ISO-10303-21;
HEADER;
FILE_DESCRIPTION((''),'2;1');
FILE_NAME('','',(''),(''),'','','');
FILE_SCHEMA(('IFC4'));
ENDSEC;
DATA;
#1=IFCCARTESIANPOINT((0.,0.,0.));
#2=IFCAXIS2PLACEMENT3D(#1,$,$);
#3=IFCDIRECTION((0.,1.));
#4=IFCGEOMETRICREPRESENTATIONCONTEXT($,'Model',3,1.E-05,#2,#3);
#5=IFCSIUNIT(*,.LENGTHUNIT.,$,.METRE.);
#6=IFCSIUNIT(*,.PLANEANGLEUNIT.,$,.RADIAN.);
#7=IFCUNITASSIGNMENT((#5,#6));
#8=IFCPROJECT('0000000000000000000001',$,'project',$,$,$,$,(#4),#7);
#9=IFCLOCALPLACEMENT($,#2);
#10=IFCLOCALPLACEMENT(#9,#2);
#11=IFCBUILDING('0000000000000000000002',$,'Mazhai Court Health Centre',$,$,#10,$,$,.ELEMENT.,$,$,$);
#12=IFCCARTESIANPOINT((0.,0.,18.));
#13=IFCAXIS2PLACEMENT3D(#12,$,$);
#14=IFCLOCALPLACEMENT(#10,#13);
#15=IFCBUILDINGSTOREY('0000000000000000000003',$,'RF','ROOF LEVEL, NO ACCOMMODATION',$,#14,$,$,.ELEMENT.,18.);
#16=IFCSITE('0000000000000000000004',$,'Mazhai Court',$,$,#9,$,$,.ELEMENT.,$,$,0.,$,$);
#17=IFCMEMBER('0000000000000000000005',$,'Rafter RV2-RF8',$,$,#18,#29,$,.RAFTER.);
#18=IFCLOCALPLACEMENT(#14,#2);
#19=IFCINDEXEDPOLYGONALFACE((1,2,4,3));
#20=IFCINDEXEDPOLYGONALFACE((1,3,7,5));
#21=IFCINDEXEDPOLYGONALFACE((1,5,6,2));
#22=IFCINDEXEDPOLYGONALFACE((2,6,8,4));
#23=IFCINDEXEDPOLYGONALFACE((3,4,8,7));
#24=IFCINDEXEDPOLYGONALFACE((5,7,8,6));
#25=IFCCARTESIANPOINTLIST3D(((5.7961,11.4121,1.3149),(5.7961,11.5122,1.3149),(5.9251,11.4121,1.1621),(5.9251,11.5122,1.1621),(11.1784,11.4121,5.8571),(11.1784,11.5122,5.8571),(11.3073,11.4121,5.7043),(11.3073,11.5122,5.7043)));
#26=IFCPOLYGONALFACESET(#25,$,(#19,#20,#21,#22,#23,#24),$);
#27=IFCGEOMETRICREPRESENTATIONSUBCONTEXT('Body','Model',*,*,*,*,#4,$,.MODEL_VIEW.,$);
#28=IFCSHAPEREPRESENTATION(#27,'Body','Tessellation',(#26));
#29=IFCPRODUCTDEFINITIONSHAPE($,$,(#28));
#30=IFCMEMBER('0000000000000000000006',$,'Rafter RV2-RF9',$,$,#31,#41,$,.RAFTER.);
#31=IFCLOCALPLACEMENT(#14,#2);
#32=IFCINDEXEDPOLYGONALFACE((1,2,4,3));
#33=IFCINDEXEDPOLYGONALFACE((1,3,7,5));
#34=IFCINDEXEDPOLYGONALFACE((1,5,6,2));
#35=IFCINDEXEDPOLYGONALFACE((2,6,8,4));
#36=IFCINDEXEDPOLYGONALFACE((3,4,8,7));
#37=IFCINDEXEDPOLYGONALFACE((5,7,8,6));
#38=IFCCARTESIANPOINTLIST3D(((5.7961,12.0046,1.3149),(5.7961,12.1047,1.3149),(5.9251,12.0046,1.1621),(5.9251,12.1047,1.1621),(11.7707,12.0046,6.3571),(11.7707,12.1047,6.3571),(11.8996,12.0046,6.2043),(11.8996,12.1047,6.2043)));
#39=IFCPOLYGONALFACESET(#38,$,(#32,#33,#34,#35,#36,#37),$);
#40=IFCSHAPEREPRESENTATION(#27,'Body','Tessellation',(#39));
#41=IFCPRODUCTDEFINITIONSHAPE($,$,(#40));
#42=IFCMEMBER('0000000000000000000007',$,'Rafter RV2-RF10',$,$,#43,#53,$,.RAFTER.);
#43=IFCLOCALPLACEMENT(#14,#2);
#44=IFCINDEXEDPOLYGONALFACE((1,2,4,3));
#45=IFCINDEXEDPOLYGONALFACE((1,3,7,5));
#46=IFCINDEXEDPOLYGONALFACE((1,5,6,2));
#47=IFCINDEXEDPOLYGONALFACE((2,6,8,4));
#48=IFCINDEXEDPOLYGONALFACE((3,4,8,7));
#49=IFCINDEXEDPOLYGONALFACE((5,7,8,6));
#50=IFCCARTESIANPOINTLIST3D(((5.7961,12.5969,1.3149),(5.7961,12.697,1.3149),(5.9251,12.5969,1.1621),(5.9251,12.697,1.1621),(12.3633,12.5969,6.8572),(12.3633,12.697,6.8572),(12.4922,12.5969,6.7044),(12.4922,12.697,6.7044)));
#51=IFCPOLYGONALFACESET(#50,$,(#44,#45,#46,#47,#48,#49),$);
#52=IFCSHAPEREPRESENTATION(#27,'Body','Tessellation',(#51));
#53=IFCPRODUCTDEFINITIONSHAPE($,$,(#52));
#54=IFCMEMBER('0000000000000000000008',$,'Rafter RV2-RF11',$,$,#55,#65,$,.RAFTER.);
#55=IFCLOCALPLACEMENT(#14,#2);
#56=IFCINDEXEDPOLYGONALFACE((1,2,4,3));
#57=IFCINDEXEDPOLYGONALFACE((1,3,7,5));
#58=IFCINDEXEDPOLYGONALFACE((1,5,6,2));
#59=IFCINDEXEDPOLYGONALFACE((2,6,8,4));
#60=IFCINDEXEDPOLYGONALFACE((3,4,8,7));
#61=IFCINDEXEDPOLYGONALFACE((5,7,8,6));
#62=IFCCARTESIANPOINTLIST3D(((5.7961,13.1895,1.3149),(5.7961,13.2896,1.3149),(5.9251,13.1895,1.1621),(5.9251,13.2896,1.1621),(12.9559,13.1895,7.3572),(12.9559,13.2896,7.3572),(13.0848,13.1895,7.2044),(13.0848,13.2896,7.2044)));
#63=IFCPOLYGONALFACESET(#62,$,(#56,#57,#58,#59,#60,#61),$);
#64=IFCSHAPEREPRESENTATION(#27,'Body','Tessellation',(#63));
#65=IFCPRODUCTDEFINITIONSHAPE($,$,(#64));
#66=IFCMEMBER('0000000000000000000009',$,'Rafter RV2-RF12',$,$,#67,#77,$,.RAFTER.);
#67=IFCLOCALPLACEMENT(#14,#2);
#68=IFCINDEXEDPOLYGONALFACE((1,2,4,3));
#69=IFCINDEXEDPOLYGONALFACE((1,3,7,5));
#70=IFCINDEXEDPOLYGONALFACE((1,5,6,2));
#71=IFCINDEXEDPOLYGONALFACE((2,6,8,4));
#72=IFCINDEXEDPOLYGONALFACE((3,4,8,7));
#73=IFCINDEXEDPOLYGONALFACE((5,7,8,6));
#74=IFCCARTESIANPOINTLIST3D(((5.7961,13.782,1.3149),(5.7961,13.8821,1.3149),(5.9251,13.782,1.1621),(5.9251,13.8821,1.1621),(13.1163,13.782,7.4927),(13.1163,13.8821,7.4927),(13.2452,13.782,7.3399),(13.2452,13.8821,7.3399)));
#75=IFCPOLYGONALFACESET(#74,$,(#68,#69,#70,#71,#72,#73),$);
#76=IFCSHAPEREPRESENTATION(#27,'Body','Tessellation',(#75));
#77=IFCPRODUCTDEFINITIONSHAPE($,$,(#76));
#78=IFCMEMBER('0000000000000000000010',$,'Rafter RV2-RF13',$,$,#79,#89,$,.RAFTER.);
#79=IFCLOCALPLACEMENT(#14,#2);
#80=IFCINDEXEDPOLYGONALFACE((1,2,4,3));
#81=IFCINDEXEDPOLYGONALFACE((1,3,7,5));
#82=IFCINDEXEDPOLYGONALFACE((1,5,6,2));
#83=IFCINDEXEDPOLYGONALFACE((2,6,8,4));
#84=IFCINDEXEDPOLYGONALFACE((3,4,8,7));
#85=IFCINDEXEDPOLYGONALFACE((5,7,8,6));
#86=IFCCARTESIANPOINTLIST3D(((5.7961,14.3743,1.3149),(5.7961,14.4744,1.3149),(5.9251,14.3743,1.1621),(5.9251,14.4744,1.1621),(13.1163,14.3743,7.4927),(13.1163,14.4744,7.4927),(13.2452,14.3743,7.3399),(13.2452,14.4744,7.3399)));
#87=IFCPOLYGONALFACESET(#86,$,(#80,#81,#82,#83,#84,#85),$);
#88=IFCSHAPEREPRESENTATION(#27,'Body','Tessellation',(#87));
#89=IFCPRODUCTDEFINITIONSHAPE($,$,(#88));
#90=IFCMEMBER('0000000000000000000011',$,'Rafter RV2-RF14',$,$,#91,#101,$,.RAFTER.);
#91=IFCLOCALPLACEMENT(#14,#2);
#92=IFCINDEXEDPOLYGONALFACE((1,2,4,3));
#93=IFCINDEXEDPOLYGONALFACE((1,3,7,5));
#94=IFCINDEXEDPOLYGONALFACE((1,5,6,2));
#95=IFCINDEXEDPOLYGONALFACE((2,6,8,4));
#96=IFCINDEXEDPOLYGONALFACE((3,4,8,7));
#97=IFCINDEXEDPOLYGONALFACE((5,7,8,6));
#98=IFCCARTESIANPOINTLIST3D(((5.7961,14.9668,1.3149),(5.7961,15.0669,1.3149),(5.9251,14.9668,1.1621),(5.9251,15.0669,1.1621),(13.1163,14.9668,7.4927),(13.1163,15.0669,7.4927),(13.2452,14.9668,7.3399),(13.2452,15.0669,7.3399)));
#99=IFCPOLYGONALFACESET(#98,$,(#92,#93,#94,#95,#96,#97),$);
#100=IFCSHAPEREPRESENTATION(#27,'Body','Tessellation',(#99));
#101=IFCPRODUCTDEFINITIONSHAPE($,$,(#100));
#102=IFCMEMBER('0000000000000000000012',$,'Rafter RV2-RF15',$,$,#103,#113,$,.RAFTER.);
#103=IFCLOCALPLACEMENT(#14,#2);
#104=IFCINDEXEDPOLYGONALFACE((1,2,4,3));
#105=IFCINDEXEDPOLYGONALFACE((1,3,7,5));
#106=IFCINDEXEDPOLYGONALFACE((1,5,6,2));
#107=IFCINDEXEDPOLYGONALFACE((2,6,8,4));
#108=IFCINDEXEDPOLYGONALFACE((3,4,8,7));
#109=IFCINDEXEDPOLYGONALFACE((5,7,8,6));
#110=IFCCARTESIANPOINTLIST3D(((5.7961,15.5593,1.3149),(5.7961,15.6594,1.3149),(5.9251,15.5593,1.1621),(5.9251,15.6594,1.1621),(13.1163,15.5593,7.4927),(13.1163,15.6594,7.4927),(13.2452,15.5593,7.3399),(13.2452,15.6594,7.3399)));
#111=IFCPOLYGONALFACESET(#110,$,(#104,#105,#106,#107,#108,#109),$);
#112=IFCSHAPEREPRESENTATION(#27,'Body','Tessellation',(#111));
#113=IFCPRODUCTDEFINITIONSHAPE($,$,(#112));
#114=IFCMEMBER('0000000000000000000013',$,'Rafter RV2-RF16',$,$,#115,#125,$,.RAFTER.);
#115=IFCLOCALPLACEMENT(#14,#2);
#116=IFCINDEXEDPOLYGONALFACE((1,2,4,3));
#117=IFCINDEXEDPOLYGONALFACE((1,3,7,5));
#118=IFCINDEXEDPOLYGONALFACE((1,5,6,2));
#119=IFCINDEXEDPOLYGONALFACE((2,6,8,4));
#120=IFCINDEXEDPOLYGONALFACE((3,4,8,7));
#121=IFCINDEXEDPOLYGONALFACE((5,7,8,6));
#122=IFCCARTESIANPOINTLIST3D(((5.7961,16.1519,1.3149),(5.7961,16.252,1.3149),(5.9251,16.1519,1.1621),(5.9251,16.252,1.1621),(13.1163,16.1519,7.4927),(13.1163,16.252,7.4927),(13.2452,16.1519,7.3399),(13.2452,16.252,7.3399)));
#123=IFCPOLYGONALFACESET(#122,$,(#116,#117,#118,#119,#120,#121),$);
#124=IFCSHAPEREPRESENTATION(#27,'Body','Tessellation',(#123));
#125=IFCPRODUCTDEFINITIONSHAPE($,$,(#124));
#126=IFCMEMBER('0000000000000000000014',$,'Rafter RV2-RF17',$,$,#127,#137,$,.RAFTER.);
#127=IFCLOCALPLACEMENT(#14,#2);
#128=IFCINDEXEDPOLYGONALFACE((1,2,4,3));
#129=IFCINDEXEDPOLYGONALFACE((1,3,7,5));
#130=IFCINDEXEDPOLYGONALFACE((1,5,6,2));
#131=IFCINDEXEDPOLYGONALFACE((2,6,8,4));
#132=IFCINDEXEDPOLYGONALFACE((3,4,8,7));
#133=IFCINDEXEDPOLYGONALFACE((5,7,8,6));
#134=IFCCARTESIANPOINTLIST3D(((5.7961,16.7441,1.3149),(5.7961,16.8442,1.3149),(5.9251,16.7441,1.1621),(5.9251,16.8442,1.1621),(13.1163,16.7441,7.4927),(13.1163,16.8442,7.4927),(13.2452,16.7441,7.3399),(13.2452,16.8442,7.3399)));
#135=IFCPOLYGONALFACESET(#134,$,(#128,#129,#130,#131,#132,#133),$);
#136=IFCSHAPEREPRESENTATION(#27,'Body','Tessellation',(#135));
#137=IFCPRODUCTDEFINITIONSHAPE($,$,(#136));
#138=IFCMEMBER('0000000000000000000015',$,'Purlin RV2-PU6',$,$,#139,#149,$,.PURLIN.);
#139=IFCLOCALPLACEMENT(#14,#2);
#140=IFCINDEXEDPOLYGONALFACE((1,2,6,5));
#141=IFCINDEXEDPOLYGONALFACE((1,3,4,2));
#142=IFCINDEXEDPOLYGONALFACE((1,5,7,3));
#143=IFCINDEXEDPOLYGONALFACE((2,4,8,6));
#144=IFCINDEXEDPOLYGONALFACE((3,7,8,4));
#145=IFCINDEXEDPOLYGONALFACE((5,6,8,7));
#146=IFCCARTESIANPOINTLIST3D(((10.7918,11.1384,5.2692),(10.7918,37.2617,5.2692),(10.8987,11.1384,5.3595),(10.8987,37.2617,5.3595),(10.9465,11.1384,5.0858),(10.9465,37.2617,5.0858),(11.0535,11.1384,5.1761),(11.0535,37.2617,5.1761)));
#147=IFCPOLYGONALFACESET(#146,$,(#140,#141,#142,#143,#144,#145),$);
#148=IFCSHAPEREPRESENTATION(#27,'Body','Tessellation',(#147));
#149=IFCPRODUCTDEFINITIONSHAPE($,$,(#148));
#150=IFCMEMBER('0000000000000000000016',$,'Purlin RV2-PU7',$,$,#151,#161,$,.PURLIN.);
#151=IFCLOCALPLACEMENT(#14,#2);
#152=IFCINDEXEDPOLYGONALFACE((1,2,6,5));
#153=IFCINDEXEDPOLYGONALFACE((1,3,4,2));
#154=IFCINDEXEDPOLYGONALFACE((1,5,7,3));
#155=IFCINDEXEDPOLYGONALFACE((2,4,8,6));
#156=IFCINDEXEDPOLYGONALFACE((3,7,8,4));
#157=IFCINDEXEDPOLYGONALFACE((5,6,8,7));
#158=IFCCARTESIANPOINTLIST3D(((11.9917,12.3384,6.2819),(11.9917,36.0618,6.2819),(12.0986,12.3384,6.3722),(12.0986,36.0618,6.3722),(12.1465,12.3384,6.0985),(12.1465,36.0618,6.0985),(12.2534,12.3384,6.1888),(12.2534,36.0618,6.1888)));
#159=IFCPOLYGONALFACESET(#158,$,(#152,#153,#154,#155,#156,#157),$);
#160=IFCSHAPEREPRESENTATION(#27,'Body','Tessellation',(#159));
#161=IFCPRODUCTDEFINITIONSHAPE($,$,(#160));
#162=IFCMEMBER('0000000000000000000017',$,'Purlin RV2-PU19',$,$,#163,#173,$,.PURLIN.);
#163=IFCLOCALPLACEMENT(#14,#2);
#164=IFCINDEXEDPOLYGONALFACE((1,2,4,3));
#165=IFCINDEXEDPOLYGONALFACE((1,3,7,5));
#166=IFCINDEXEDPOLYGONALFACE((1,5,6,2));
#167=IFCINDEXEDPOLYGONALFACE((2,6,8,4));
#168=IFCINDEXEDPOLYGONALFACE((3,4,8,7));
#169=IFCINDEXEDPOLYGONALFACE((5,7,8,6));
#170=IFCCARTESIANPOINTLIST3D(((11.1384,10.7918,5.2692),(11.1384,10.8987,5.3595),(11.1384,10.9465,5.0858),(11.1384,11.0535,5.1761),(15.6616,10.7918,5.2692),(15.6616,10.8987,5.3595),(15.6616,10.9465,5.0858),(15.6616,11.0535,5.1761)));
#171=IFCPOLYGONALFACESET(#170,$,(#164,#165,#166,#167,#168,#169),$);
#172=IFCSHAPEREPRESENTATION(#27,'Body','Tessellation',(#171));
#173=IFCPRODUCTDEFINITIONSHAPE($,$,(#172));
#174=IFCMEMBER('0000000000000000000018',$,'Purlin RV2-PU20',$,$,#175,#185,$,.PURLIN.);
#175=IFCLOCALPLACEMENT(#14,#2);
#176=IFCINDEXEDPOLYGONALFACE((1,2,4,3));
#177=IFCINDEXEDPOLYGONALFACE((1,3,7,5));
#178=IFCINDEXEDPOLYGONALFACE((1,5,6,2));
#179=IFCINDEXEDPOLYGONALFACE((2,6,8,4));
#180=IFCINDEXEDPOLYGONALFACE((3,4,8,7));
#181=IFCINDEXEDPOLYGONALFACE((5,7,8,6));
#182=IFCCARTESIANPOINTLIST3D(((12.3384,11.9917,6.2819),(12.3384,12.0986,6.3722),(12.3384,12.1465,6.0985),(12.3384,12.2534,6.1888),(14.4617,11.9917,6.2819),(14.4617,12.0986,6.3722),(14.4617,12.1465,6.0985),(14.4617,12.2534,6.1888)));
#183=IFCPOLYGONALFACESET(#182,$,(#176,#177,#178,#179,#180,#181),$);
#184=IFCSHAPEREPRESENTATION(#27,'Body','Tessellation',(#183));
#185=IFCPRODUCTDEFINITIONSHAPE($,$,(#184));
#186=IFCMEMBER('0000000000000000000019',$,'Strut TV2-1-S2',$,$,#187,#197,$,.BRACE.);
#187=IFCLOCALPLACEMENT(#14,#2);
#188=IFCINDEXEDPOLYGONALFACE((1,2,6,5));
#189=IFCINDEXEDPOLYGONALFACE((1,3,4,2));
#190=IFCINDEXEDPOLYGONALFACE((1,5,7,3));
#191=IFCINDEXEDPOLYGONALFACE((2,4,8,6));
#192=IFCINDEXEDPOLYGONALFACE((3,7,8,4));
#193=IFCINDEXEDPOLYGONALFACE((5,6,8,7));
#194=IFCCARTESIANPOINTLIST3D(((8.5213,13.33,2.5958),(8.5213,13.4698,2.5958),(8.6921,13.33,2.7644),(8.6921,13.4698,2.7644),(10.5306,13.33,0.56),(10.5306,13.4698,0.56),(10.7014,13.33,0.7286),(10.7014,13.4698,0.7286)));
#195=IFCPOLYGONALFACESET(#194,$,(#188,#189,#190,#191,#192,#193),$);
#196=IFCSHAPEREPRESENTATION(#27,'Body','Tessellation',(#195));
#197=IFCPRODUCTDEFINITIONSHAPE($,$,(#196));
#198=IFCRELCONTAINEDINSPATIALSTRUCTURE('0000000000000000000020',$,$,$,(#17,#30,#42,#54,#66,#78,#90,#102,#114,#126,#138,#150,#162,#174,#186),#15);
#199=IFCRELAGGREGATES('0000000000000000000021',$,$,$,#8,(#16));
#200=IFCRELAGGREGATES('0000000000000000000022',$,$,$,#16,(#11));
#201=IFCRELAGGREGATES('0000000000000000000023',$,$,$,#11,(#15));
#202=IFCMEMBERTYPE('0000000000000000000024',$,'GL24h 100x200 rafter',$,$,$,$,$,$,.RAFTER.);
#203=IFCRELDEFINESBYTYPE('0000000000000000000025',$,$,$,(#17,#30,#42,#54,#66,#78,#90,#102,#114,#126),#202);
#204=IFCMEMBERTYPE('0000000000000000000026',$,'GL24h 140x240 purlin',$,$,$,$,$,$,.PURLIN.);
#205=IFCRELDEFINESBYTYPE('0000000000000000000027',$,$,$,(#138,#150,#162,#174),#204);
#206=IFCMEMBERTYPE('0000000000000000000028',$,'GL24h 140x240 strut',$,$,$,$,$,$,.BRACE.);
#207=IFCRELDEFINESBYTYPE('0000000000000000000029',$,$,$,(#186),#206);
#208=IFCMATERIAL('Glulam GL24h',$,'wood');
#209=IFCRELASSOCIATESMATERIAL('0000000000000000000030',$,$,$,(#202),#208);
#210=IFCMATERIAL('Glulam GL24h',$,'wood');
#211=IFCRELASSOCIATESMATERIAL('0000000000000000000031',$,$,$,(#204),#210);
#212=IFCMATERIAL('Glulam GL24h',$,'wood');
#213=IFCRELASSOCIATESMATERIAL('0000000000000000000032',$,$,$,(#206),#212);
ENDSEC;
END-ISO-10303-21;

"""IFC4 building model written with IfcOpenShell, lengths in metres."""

from ifc_helpers import new_model, si_unit, direction, frame, origin, origin_2d, place, context, subcontext, project, spatial, rectangle, extrude, material, material_profile, profile_set, type_object, element, save


model = new_model("IFC4")

# Units and contexts
model_context = context("Model", 3, precision=1e-05, world=origin(), true_north=direction((0.0, 1.0)))
body_context = subcontext(model_context, "Body", "Model", "MODEL_VIEW")
ifc_project = project(units=[si_unit("LENGTHUNIT", "METRE"), si_unit("PLANEANGLEUNIT", "RADIAN")], contexts=[model_context])

# Site, building, storey
site_placement = place(None, origin())
site = spatial("IfcSite", under=ifc_project, at=site_placement, Name="Mazhai Court", CompositionType="ELEMENT", RefElevation=0.0)
building_placement = place(site_placement, origin())
building = spatial("IfcBuilding", under=site, at=building_placement, Name="Mazhai Court Health Centre", CompositionType="ELEMENT")
storey_placement = place(building_placement, frame((0.0, 0.0, 18.0)))
storey = spatial("IfcBuildingStorey", under=building, at=storey_placement, Name="RF", Description="ROOF LEVEL, NO ACCOMMODATION", CompositionType="ELEMENT", Elevation=18.0)

# Members
ifc_material_1 = material(Name="Glulam GL24h", Category="wood")
ifc_material_profile_1 = material_profile(ifc_material_1, rectangle(XDim=0.1001, YDim=0.2, at=origin_2d()), Name="GL24h 100x200")
ifc_profile_set_1 = profile_set([ifc_material_profile_1], Name="Glulam GL24h")
member_type_1 = type_object("IfcMemberType", Name="GL24h 100x200 rafter", PredefinedType="RAFTER", material=ifc_profile_set_1)
member_1_placement = place(storey_placement, frame((5.8606, 11.4622, 1.2385), z_axis=(0.764228, 0.0, 0.644946), x_axis=(0.0, 1.0, 0.0)))
element("IfcMember", 1, at=member_1_placement, inside=storey, type_object=member_type_1, Name="Rafter RV2-RF8", PredefinedType="RAFTER", context=body_context, shape_type="SweptSolid", body=[
    extrude(rectangle(XDim=0.1001, YDim=0.2, at=origin_2d()), origin(), (0.0, 0.0, 1.0), 7.0427),
])
member_2_placement = place(storey_placement, frame((5.8606, 12.0547, 1.2385), z_axis=(0.764218, 0.0, 0.644958), x_axis=(0.0, 1.0, 0.0)))
element("IfcMember", 2, at=member_2_placement, inside=storey, type_object=member_type_1, Name="Rafter RV2-RF9", PredefinedType="RAFTER", context=body_context, shape_type="SweptSolid", body=[
    extrude(rectangle(XDim=0.1001, YDim=0.2, at=origin_2d()), origin(), (0.0, 0.0, 1.0), 7.8179),
])
member_3_placement = place(storey_placement, frame((5.8606, 12.647, 1.2385), z_axis=(0.764222, 0.0, 0.644953), x_axis=(0.0, 1.0, 0.0)))
element("IfcMember", 3, at=member_3_placement, inside=storey, type_object=member_type_1, Name="Rafter RV2-RF10", PredefinedType="RAFTER", context=body_context, shape_type="SweptSolid", body=[
    extrude(rectangle(XDim=0.1001, YDim=0.2, at=origin_2d()), origin(), (0.0, 0.0, 1.0), 8.5933),
])
member_4_placement = place(storey_placement, frame((5.8606, 13.2395, 1.2385), z_axis=(0.764225, 0.0, 0.64495), x_axis=(0.0, 1.0, 0.0)))
element("IfcMember", 4, at=member_4_placement, inside=storey, type_object=member_type_1, Name="Rafter RV2-RF11", PredefinedType="RAFTER", context=body_context, shape_type="SweptSolid", body=[
    extrude(rectangle(XDim=0.1001, YDim=0.2, at=origin_2d()), origin(), (0.0, 0.0, 1.0), 9.3687),
])
for number, where, z_axis, x_axis, name in (
    (5, (5.8606, 13.832, 1.2385), (0.764218, 0.0, 0.644958), (0.0, 1.0, 0.0), "Rafter RV2-RF12"),
    (6, (5.8606, 14.4243, 1.2385), (0.764218, 0.0, 0.644958), (0.0, 1.0, 0.0), "Rafter RV2-RF13"),
    (7, (5.8606, 15.0168, 1.2385), (0.764218, 0.0, 0.644958), (0.0, 1.0, 0.0), "Rafter RV2-RF14"),
    (8, (5.8606, 15.6094, 1.2385), (0.764218, 0.0, 0.644958), (0.0, 1.0, 0.0), "Rafter RV2-RF15"),
    (9, (5.8606, 16.2019, 1.2385), (0.764218, 0.0, 0.644958), (0.0, 1.0, 0.0), "Rafter RV2-RF16"),
    (10, (5.8606, 16.7942, 1.2385), (0.764218, 0.0, 0.644958), (0.0, 1.0, 0.0), "Rafter RV2-RF17"),
):
    element("IfcMember", number, at=place(storey_placement, frame(where, z_axis=z_axis, x_axis=x_axis)), inside=storey, type_object=member_type_1, Name=name, PredefinedType="RAFTER", context=body_context, shape_type="SweptSolid", body=[
        extrude(rectangle(XDim=0.1001, YDim=0.2, at=origin_2d()), origin(), (0.0, 0.0, 1.0), 9.5786),
    ])
ifc_material_2 = material(Name="Glulam GL24h", Category="wood")
ifc_material_profile_2 = material_profile(ifc_material_2, rectangle(XDim=0.1399, YDim=0.24, at=origin_2d()), Name="GL24h 140x240")
ifc_profile_set_2 = profile_set([ifc_material_profile_2], Name="Glulam GL24h")
member_type_2 = type_object("IfcMemberType", Name="GL24h 140x240 purlin", PredefinedType="PURLIN", material=ifc_profile_set_2)
member_5_placement = place(storey_placement, frame((10.9226, 11.1384, 5.2227), z_axis=(0.0, 1.0, 0.0), x_axis=(-0.76422, 0.0, -0.644955)))
element("IfcMember", 11, at=member_5_placement, inside=storey, type_object=member_type_2, Name="Purlin RV2-PU6", PredefinedType="PURLIN", context=body_context, shape_type="SweptSolid", body=[
    extrude(rectangle(XDim=0.1399, YDim=0.24, at=origin_2d()), origin(), (0.0, 0.0, 1.0), 26.1233),
])
member_6_placement = place(storey_placement, frame((12.1226, 12.3384, 6.2354), z_axis=(0.0, 1.0, 0.0), x_axis=(-0.76422, 0.0, -0.644955)))
element("IfcMember", 12, at=member_6_placement, inside=storey, type_object=member_type_2, Name="Purlin RV2-PU7", PredefinedType="PURLIN", context=body_context, shape_type="SweptSolid", body=[
    extrude(rectangle(XDim=0.1399, YDim=0.24, at=origin_2d()), origin(), (0.0, 0.0, 1.0), 23.7234),
])
member_7_placement = place(storey_placement, frame((11.1384, 10.9226, 5.2227), z_axis=(1.0, 0.0, 0.0), x_axis=(0.0, 0.76422, 0.644955)))
element("IfcMember", 13, at=member_7_placement, inside=storey, type_object=member_type_2, Name="Purlin RV2-PU19", PredefinedType="PURLIN", context=body_context, shape_type="SweptSolid", body=[
    extrude(rectangle(XDim=0.1399, YDim=0.24, at=origin_2d()), origin(), (0.0, 0.0, 1.0), 4.5232),
])
member_8_placement = place(storey_placement, frame((12.3384, 12.1226, 6.2354), z_axis=(1.0, 0.0, 0.0), x_axis=(0.0, 0.76422, 0.644955)))
element("IfcMember", 14, at=member_8_placement, inside=storey, type_object=member_type_2, Name="Purlin RV2-PU20", PredefinedType="PURLIN", context=body_context, shape_type="SweptSolid", body=[
    extrude(rectangle(XDim=0.1399, YDim=0.24, at=origin_2d()), origin(), (0.0, 0.0, 1.0), 2.1233),
])
ifc_material_3 = material(Name="Glulam GL24h", Category="wood")
ifc_material_profile_3 = material_profile(ifc_material_3, rectangle(XDim=0.1399, YDim=0.24, at=origin_2d()), Name="GL24h 140x240")
ifc_profile_set_3 = profile_set([ifc_material_profile_3], Name="Glulam GL24h")
member_type_3 = type_object("IfcMemberType", Name="GL24h 140x240 strut", PredefinedType="BRACE", material=ifc_profile_set_3)
member_9_placement = place(storey_placement, frame((10.616, 13.3999, 0.6443), z_axis=(-0.70244, 0.0, 0.711743), x_axis=(0.0, -1.0, 0.0)))
element("IfcMember", 15, at=member_9_placement, inside=storey, type_object=member_type_3, Name="Strut TV2-1-S2", PredefinedType="BRACE", context=body_context, shape_type="SweptSolid", body=[
    extrude(rectangle(XDim=0.1399, YDim=0.24, at=origin_2d()), origin(), (0.0, 0.0, 1.0), 2.8604),
])

save(model, "model.ifc")
